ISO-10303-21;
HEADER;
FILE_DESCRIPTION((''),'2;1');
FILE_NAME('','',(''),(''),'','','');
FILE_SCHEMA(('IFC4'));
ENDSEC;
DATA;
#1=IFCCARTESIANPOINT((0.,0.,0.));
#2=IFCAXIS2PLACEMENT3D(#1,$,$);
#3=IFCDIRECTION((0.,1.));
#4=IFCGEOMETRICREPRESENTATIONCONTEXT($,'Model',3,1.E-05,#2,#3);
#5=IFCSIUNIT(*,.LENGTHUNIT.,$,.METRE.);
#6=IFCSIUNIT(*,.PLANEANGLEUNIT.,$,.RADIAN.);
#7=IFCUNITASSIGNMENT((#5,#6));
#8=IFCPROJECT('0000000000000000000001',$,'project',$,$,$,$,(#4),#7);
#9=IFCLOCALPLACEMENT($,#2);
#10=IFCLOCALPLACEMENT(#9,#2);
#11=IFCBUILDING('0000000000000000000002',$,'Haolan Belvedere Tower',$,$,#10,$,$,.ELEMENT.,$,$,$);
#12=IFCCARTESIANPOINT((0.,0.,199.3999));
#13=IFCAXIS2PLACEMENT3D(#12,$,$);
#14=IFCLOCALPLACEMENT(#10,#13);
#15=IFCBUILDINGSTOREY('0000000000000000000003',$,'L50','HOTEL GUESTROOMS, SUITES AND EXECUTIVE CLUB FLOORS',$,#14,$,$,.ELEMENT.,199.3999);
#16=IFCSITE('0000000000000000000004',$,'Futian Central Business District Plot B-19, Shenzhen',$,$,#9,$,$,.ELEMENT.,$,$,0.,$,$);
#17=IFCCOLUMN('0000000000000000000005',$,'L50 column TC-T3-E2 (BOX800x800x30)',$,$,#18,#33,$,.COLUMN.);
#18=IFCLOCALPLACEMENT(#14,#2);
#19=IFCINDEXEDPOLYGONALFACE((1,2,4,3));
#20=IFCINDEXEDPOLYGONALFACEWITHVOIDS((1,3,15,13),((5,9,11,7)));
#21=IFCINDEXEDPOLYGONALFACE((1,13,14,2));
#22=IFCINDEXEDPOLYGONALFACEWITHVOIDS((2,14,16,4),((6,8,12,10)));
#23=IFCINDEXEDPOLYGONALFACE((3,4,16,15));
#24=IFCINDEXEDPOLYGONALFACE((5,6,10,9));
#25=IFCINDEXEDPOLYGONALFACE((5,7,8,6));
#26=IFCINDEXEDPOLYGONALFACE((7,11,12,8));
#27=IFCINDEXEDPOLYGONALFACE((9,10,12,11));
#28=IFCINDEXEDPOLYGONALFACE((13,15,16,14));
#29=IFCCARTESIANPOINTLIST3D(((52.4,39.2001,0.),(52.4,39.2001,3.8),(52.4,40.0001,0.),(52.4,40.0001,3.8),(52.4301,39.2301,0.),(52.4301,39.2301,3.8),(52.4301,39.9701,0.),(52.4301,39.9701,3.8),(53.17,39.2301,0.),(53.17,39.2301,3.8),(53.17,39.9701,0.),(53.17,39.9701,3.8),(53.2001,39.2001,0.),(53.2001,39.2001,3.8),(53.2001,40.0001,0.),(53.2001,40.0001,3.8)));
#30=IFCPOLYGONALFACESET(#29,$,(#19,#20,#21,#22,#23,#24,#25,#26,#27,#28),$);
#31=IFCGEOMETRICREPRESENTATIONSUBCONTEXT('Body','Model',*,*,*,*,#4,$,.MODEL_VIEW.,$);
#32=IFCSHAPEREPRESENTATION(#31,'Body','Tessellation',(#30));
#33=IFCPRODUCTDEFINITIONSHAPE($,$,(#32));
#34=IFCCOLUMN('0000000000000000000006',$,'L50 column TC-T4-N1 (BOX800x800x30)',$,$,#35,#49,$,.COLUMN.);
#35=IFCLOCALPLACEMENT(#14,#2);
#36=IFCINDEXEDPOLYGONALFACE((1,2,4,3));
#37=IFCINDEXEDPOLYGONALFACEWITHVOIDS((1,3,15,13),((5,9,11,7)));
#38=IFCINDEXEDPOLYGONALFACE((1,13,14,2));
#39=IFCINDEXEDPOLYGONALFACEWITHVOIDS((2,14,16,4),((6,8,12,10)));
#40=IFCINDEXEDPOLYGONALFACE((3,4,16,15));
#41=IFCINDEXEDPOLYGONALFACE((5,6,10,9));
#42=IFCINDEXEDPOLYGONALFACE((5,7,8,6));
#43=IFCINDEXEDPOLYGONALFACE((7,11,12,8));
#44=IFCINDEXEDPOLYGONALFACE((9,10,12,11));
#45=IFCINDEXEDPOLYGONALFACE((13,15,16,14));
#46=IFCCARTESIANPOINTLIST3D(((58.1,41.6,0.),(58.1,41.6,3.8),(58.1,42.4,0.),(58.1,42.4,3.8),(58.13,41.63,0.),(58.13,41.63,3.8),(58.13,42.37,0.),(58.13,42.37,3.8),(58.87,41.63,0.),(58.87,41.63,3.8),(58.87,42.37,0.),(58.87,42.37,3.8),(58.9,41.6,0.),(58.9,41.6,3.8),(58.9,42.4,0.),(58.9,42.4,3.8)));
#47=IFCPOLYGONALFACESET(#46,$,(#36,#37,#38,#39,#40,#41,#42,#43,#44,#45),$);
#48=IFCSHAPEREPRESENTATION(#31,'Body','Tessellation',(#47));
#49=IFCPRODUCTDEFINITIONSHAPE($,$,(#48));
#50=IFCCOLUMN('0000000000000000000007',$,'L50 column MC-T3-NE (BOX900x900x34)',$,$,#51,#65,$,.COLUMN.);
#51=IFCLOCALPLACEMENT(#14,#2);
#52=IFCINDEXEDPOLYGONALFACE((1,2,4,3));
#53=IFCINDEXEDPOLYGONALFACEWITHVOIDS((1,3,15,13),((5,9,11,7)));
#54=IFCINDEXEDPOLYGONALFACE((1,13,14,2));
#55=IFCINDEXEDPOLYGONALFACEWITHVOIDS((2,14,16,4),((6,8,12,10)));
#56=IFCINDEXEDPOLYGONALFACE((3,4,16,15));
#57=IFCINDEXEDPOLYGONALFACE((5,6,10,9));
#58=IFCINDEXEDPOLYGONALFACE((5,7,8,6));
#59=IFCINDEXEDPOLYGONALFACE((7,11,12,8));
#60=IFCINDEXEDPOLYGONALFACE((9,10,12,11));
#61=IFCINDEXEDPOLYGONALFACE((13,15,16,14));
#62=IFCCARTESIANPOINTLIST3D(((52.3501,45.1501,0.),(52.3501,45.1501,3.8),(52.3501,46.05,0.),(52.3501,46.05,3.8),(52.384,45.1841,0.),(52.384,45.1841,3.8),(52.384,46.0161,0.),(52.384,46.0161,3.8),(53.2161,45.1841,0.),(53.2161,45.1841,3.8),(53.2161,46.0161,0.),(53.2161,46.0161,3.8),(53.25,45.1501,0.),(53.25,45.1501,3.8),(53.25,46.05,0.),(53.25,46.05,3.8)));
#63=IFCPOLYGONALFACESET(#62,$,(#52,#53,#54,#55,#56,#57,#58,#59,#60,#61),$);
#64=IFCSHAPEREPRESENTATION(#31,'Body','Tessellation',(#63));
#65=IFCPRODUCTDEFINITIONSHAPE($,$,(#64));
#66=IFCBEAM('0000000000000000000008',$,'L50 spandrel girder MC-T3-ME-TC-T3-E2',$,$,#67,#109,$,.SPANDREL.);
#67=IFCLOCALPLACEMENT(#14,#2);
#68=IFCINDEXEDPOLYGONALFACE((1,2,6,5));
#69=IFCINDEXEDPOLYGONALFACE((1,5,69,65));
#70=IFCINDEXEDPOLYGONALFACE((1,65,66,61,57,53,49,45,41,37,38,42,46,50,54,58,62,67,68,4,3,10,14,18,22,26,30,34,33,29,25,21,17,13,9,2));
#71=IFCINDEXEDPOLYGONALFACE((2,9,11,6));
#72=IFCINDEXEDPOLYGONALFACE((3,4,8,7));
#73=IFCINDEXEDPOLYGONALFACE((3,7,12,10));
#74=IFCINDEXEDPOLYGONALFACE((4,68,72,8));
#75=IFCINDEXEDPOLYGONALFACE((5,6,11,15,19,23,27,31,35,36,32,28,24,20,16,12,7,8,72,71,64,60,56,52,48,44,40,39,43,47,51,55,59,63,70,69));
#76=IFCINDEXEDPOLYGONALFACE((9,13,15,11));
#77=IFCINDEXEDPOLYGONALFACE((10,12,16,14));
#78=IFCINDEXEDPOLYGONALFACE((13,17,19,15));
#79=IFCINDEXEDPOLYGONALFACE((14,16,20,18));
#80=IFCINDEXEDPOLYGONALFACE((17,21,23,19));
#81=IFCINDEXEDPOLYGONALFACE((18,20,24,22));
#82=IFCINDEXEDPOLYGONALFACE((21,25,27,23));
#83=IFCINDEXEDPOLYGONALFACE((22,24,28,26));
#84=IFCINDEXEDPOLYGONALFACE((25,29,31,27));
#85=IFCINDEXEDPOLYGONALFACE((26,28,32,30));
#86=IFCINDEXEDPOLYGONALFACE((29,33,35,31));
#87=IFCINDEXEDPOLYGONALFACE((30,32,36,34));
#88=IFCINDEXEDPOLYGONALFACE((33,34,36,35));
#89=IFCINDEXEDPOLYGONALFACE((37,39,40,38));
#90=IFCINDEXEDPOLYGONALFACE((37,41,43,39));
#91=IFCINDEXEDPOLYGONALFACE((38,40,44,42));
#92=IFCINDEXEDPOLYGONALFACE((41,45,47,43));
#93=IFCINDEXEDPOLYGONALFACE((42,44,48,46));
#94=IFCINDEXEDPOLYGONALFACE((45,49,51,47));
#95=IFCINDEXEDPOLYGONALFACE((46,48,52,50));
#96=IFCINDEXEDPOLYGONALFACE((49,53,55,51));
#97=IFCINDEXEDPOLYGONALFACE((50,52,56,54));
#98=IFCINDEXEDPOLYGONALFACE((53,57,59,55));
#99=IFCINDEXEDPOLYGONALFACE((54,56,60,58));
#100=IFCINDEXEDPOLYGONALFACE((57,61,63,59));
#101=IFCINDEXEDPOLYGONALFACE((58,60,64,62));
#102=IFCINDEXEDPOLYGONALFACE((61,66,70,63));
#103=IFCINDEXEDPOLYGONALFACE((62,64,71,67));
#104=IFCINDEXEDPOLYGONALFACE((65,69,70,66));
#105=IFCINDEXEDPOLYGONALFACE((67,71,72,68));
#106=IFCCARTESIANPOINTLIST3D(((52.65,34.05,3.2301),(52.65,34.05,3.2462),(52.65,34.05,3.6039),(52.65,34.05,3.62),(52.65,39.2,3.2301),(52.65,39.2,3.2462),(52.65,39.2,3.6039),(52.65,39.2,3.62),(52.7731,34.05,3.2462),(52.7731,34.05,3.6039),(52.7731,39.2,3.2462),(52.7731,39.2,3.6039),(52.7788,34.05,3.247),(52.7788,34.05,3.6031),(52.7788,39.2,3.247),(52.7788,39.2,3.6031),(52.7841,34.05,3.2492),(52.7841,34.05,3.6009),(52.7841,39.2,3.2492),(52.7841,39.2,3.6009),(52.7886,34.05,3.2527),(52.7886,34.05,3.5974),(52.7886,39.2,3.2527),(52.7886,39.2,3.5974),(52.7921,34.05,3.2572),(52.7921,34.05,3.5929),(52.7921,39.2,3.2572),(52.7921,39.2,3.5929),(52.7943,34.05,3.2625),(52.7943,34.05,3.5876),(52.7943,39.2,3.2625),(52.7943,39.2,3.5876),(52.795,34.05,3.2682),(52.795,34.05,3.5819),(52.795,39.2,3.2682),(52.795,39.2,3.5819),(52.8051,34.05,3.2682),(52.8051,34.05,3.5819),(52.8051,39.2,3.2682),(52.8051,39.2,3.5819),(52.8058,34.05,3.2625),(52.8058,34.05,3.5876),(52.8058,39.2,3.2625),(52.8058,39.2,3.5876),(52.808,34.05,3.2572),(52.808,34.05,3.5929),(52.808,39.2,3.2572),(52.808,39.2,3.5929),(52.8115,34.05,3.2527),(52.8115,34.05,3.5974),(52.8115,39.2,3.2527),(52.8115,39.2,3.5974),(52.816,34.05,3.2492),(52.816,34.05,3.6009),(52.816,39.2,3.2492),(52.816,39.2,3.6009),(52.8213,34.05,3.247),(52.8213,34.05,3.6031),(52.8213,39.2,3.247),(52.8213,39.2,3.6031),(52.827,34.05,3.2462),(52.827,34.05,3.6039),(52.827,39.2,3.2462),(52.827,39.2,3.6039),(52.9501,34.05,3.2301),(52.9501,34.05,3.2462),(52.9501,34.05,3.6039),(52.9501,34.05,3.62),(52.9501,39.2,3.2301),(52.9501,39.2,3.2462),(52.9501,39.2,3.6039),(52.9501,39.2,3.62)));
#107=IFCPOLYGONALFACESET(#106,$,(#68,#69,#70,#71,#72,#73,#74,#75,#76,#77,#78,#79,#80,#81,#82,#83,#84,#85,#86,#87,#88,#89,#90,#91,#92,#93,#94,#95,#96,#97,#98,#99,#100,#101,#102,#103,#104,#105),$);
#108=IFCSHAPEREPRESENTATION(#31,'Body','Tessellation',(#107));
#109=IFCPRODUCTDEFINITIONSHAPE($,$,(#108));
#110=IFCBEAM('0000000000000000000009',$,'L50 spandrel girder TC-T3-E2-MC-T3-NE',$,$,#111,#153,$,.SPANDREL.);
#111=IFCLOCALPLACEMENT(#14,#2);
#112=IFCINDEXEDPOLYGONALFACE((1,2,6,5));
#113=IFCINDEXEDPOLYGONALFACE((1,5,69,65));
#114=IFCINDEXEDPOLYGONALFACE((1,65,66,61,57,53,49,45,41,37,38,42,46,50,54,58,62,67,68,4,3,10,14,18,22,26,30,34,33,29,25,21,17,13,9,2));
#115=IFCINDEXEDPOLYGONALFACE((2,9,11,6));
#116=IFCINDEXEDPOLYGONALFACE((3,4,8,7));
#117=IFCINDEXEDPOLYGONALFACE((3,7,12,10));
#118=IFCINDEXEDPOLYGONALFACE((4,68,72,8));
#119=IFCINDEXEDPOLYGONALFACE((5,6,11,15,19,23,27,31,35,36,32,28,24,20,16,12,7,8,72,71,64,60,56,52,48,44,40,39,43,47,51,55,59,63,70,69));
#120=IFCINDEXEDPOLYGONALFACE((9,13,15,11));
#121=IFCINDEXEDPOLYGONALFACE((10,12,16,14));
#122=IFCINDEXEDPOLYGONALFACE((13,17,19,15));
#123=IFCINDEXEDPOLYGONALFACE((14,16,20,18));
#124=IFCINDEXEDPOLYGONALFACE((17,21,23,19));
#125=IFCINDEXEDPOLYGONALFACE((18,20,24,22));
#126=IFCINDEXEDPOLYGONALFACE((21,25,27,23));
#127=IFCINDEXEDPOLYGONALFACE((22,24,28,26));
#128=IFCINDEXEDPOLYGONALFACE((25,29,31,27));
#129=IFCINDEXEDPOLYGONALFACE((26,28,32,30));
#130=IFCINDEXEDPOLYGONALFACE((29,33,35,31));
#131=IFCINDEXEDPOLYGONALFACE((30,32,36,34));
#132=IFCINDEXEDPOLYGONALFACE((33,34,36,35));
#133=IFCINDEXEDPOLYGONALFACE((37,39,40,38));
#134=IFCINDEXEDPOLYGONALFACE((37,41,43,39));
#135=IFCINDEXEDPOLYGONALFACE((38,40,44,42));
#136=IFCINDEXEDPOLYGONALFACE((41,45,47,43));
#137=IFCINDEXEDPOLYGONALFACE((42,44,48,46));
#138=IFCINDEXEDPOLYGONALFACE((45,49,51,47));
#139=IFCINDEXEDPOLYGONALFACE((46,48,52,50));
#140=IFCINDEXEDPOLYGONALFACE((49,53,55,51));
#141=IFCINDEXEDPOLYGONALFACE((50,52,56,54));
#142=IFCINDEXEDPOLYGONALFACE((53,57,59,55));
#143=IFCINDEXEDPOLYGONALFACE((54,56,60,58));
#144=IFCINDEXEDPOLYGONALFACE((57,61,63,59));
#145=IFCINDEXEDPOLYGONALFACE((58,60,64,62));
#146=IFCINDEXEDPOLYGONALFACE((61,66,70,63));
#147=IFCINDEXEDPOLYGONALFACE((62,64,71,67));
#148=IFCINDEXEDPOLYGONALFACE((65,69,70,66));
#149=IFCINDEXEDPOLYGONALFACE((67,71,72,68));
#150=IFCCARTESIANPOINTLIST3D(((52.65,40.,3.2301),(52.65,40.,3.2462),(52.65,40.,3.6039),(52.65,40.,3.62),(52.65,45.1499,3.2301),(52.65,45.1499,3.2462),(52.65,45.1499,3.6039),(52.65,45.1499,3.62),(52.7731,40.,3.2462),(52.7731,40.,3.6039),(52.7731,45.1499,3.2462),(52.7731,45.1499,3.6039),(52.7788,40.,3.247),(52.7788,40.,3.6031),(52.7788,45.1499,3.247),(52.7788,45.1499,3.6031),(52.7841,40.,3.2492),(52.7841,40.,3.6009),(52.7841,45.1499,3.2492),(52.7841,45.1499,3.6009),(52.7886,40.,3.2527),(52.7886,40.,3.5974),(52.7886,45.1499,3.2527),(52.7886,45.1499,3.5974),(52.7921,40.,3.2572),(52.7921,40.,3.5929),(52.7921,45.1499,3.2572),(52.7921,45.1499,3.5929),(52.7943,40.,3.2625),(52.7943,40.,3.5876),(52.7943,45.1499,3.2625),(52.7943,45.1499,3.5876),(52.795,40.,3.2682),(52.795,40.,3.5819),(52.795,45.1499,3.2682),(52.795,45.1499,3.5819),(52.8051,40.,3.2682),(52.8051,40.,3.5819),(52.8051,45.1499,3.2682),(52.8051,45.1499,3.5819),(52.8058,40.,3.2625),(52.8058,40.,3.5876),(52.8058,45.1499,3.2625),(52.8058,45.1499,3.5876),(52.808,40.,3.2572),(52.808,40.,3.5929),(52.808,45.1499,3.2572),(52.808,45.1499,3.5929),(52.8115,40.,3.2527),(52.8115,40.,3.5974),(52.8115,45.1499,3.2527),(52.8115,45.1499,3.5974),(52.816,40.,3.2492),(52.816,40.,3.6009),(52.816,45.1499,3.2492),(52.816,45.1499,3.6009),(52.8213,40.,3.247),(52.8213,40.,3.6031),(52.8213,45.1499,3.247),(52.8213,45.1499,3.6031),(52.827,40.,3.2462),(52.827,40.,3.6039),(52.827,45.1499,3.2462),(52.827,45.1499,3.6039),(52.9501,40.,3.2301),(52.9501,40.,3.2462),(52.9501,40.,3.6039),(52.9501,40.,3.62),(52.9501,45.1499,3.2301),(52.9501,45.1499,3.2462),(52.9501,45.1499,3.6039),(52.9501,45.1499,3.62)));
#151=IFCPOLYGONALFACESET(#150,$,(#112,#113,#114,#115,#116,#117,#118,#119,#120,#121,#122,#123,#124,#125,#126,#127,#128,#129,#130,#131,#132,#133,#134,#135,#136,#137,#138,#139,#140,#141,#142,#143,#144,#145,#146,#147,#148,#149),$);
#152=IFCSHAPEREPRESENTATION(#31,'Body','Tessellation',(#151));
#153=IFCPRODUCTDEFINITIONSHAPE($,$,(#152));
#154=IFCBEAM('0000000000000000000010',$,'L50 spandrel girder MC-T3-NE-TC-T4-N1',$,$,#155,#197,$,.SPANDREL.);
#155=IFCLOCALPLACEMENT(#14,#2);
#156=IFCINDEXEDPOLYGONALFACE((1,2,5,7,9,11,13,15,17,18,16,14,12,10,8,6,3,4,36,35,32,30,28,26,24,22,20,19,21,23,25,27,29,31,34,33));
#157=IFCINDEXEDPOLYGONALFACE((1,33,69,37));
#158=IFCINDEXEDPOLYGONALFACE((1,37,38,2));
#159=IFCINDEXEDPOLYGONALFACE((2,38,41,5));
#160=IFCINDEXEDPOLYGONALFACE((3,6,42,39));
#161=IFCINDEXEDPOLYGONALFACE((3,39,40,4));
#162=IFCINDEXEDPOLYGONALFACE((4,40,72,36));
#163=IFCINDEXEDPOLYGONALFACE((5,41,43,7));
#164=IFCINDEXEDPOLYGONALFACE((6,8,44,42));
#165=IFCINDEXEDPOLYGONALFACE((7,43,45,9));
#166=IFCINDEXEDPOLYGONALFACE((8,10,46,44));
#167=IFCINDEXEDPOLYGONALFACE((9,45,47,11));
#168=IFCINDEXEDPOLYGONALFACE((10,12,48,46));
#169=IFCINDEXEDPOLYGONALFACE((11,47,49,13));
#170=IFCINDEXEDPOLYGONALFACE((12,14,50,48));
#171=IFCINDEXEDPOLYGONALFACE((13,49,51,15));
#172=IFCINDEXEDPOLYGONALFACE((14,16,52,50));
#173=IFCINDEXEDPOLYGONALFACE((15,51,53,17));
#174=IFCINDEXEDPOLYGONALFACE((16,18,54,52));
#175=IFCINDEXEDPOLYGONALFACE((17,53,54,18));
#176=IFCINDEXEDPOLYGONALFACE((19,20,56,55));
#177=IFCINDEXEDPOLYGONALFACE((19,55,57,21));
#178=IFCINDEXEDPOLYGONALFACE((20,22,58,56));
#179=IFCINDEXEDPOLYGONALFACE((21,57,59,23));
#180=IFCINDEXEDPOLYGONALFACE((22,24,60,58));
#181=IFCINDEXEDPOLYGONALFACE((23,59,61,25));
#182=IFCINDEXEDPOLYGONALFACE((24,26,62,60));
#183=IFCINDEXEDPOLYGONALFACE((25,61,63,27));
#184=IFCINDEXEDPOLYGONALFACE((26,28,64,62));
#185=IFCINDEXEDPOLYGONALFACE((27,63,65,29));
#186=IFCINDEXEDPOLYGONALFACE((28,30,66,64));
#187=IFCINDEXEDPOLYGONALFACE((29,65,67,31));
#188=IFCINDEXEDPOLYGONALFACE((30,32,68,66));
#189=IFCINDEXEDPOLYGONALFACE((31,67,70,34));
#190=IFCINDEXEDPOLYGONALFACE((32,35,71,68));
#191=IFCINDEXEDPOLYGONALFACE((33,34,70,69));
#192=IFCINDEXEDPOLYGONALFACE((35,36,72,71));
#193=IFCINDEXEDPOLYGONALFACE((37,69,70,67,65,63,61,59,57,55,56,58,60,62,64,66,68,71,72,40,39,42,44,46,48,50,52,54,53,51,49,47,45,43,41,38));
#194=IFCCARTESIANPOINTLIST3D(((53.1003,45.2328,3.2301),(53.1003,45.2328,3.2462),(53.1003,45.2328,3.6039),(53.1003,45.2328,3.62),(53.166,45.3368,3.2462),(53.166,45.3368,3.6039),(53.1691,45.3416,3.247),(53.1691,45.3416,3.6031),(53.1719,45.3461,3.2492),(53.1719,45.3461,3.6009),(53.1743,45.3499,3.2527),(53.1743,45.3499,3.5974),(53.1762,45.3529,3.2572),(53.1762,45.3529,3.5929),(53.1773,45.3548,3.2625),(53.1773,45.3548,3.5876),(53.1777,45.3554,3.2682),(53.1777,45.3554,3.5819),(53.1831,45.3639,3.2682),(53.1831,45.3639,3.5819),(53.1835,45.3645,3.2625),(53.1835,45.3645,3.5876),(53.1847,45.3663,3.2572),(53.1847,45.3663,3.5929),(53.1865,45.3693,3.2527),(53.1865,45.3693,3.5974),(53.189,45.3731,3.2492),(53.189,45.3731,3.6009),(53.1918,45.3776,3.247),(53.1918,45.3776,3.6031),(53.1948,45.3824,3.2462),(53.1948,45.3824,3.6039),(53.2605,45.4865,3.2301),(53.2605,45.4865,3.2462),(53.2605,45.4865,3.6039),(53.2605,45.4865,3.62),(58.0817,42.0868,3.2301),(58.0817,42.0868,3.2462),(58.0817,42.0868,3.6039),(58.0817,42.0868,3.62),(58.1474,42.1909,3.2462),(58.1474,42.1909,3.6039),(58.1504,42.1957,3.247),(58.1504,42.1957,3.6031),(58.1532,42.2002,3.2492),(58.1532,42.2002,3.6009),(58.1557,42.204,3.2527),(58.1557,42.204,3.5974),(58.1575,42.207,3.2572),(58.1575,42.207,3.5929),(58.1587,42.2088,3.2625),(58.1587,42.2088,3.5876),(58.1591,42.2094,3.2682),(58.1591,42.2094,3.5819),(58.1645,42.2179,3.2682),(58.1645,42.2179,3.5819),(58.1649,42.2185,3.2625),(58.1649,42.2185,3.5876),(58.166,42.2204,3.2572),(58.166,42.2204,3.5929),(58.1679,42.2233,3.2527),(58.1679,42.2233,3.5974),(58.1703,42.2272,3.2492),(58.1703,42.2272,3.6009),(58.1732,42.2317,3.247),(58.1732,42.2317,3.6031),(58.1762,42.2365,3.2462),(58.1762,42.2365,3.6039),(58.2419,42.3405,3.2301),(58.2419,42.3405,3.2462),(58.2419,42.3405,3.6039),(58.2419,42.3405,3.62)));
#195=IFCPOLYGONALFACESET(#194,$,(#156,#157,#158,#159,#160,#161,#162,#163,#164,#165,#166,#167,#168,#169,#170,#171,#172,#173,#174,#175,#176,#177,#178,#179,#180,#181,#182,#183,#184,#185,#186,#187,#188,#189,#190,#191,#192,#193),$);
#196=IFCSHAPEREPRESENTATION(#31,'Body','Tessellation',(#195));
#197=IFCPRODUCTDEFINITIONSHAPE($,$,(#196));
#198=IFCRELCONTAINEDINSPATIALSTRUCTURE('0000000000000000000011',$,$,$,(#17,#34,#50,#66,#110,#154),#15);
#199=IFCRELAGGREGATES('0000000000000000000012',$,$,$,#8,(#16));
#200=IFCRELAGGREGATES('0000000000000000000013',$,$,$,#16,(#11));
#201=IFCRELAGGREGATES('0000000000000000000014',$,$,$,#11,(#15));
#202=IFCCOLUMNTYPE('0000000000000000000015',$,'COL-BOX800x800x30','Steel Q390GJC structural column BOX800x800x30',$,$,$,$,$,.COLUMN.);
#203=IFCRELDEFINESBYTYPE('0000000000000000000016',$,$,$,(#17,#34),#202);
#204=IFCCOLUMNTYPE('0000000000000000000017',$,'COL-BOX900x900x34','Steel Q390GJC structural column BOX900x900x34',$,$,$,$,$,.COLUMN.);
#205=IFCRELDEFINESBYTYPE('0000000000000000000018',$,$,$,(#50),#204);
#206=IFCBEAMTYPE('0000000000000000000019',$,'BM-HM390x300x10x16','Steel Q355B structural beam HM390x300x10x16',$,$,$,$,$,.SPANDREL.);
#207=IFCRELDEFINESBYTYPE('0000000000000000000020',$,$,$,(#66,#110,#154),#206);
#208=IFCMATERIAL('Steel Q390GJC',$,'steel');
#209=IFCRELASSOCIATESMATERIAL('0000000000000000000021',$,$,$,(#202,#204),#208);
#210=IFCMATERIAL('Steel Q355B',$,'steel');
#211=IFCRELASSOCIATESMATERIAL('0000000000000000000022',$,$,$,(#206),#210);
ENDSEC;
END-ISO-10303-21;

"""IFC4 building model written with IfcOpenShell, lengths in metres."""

from ifc_helpers import new_model, si_unit, direction, frame, origin, origin_2d, place, context, subcontext, project, spatial, hollow_rectangle, i_section, extrude, material, material_profile, profile_set, type_object, element, save


model = new_model("IFC4")

# Units and contexts
model_context = context("Model", 3, precision=1e-05, world=origin(), true_north=direction((0.0, 1.0)))
body_context = subcontext(model_context, "Body", "Model", "MODEL_VIEW")
ifc_project = project(units=[si_unit("LENGTHUNIT", "METRE"), si_unit("PLANEANGLEUNIT", "RADIAN")], contexts=[model_context])

# Site, building, storey
site_placement = place(None, origin())
site = spatial("IfcSite", under=ifc_project, at=site_placement, Name="Futian Central Business District Plot B-19, Shenzhen", CompositionType="ELEMENT", RefElevation=0.0)
building_placement = place(site_placement, origin())
building = spatial("IfcBuilding", under=site, at=building_placement, Name="Haolan Belvedere Tower", CompositionType="ELEMENT")
storey_placement = place(building_placement, frame((0.0, 0.0, 199.3999)))
storey = spatial("IfcBuildingStorey", under=building, at=storey_placement, Name="L50", Description="HOTEL GUESTROOMS, SUITES AND EXECUTIVE CLUB FLOORS", CompositionType="ELEMENT", Elevation=199.3999)

# Columns
ifc_material_1 = material(Name="Steel Q390GJC", Category="steel")
ifc_material_profile_1 = material_profile(ifc_material_1, hollow_rectangle(XDim=0.8, YDim=0.8, WallThickness=0.03, at=origin_2d()), Name="Steel Q390GJC")
ifc_profile_set_1 = profile_set([ifc_material_profile_1], Name="Steel Q390GJC")
column_type_1 = type_object("IfcColumnType", Name="COL-BOX800x800x30", Description="Steel Q390GJC structural column BOX800x800x30", PredefinedType="COLUMN", material=ifc_profile_set_1)
for number, where, z_axis, x_axis, name in (
    (1, (52.8, 39.6001, 0.0), (0.0, 0.0, 1.0), (1.0, 0.0, 0.0), "L50 column TC-T3-E2 (BOX800x800x30)"),
    (2, (58.5, 42.0, 0.0), (0.0, 0.0, 1.0), (1.0, 0.0, 0.0), "L50 column TC-T4-N1 (BOX800x800x30)"),
):
    element("IfcColumn", number, at=place(storey_placement, frame(where, z_axis=z_axis, x_axis=x_axis)), inside=storey, type_object=column_type_1, Name=name, PredefinedType="COLUMN", context=body_context, shape_type="SweptSolid", body=[
        extrude(hollow_rectangle(XDim=0.8, YDim=0.8, WallThickness=0.03, at=origin_2d()), origin(), (0.0, 0.0, 1.0), 3.8),
    ])
ifc_material_profile_2 = material_profile(ifc_material_1, hollow_rectangle(XDim=0.8999, YDim=0.8999, WallThickness=0.0339, at=origin_2d()), Name="Steel Q390GJC")
ifc_profile_set_2 = profile_set([ifc_material_profile_2], Name="Steel Q390GJC")
column_type_2 = type_object("IfcColumnType", Name="COL-BOX900x900x34", Description="Steel Q390GJC structural column BOX900x900x34", PredefinedType="COLUMN", material=ifc_profile_set_2)
column_placement = place(storey_placement, frame((52.8, 45.6001, 0.0), z_axis=(0.0, 0.0, 1.0), x_axis=(1.0, 0.0, 0.0)))
element("IfcColumn", 3, at=column_placement, inside=storey, type_object=column_type_2, Name="L50 column MC-T3-NE (BOX900x900x34)", PredefinedType="COLUMN", context=body_context, shape_type="SweptSolid", body=[
    extrude(hollow_rectangle(XDim=0.8999, YDim=0.8999, WallThickness=0.0339, at=origin_2d()), origin(), (0.0, 0.0, 1.0), 3.8),
])

# Beams
ifc_material_2 = material(Name="Steel Q355B", Category="steel")
ifc_material_profile_3 = material_profile(ifc_material_2, i_section(OverallWidth=0.3, OverallDepth=0.3899, WebThickness=0.01, FlangeThickness=0.0161, FilletRadius=0.022, at=origin_2d()), Name="Steel Q355B")
ifc_profile_set_3 = profile_set([ifc_material_profile_3], Name="Steel Q355B")
beam_type = type_object("IfcBeamType", Name="BM-HM390x300x10x16", Description="Steel Q355B structural beam HM390x300x10x16", PredefinedType="SPANDREL", material=ifc_profile_set_3)
for number, where, z_axis, x_axis, name in (
    (4, (52.8, 34.05, 3.425), (0.0, 1.0, 0.0), (-1.0, 0.0, 0.0), "L50 spandrel girder MC-T3-ME-TC-T3-E2"),
    (5, (52.8, 40.0, 3.425), (0.0, 1.0, 0.0), (-1.0, 0.0, 0.0), "L50 spandrel girder TC-T3-E2-MC-T3-NE"),
):
    element("IfcBeam", number, at=place(storey_placement, frame(where, z_axis=z_axis, x_axis=x_axis)), inside=storey, type_object=beam_type, Name=name, PredefinedType="SPANDREL", context=body_context, shape_type="SweptSolid", body=[
        extrude(i_section(OverallWidth=0.3, OverallDepth=0.3899, WebThickness=0.01, FlangeThickness=0.0161, FilletRadius=0.022, at=origin_2d()), origin(), (0.0, 0.0, 1.0), 5.1499),
    ])
beam_placement = place(storey_placement, frame((53.1804, 45.3596, 3.425), z_axis=(0.845503, -0.533971, 0.0), x_axis=(0.533971, 0.845503, 0.0)))
element("IfcBeam", 6, at=beam_placement, inside=storey, type_object=beam_type, Name="L50 spandrel girder MC-T3-NE-TC-T4-N1", PredefinedType="SPANDREL", context=body_context, shape_type="SweptSolid", body=[
    extrude(i_section(OverallWidth=0.3, OverallDepth=0.3899, WebThickness=0.01, FlangeThickness=0.0161, FilletRadius=0.022, at=origin_2d()), origin(), (0.0, 0.0, 1.0), 5.8916),
])

save(model, "model.ifc")
